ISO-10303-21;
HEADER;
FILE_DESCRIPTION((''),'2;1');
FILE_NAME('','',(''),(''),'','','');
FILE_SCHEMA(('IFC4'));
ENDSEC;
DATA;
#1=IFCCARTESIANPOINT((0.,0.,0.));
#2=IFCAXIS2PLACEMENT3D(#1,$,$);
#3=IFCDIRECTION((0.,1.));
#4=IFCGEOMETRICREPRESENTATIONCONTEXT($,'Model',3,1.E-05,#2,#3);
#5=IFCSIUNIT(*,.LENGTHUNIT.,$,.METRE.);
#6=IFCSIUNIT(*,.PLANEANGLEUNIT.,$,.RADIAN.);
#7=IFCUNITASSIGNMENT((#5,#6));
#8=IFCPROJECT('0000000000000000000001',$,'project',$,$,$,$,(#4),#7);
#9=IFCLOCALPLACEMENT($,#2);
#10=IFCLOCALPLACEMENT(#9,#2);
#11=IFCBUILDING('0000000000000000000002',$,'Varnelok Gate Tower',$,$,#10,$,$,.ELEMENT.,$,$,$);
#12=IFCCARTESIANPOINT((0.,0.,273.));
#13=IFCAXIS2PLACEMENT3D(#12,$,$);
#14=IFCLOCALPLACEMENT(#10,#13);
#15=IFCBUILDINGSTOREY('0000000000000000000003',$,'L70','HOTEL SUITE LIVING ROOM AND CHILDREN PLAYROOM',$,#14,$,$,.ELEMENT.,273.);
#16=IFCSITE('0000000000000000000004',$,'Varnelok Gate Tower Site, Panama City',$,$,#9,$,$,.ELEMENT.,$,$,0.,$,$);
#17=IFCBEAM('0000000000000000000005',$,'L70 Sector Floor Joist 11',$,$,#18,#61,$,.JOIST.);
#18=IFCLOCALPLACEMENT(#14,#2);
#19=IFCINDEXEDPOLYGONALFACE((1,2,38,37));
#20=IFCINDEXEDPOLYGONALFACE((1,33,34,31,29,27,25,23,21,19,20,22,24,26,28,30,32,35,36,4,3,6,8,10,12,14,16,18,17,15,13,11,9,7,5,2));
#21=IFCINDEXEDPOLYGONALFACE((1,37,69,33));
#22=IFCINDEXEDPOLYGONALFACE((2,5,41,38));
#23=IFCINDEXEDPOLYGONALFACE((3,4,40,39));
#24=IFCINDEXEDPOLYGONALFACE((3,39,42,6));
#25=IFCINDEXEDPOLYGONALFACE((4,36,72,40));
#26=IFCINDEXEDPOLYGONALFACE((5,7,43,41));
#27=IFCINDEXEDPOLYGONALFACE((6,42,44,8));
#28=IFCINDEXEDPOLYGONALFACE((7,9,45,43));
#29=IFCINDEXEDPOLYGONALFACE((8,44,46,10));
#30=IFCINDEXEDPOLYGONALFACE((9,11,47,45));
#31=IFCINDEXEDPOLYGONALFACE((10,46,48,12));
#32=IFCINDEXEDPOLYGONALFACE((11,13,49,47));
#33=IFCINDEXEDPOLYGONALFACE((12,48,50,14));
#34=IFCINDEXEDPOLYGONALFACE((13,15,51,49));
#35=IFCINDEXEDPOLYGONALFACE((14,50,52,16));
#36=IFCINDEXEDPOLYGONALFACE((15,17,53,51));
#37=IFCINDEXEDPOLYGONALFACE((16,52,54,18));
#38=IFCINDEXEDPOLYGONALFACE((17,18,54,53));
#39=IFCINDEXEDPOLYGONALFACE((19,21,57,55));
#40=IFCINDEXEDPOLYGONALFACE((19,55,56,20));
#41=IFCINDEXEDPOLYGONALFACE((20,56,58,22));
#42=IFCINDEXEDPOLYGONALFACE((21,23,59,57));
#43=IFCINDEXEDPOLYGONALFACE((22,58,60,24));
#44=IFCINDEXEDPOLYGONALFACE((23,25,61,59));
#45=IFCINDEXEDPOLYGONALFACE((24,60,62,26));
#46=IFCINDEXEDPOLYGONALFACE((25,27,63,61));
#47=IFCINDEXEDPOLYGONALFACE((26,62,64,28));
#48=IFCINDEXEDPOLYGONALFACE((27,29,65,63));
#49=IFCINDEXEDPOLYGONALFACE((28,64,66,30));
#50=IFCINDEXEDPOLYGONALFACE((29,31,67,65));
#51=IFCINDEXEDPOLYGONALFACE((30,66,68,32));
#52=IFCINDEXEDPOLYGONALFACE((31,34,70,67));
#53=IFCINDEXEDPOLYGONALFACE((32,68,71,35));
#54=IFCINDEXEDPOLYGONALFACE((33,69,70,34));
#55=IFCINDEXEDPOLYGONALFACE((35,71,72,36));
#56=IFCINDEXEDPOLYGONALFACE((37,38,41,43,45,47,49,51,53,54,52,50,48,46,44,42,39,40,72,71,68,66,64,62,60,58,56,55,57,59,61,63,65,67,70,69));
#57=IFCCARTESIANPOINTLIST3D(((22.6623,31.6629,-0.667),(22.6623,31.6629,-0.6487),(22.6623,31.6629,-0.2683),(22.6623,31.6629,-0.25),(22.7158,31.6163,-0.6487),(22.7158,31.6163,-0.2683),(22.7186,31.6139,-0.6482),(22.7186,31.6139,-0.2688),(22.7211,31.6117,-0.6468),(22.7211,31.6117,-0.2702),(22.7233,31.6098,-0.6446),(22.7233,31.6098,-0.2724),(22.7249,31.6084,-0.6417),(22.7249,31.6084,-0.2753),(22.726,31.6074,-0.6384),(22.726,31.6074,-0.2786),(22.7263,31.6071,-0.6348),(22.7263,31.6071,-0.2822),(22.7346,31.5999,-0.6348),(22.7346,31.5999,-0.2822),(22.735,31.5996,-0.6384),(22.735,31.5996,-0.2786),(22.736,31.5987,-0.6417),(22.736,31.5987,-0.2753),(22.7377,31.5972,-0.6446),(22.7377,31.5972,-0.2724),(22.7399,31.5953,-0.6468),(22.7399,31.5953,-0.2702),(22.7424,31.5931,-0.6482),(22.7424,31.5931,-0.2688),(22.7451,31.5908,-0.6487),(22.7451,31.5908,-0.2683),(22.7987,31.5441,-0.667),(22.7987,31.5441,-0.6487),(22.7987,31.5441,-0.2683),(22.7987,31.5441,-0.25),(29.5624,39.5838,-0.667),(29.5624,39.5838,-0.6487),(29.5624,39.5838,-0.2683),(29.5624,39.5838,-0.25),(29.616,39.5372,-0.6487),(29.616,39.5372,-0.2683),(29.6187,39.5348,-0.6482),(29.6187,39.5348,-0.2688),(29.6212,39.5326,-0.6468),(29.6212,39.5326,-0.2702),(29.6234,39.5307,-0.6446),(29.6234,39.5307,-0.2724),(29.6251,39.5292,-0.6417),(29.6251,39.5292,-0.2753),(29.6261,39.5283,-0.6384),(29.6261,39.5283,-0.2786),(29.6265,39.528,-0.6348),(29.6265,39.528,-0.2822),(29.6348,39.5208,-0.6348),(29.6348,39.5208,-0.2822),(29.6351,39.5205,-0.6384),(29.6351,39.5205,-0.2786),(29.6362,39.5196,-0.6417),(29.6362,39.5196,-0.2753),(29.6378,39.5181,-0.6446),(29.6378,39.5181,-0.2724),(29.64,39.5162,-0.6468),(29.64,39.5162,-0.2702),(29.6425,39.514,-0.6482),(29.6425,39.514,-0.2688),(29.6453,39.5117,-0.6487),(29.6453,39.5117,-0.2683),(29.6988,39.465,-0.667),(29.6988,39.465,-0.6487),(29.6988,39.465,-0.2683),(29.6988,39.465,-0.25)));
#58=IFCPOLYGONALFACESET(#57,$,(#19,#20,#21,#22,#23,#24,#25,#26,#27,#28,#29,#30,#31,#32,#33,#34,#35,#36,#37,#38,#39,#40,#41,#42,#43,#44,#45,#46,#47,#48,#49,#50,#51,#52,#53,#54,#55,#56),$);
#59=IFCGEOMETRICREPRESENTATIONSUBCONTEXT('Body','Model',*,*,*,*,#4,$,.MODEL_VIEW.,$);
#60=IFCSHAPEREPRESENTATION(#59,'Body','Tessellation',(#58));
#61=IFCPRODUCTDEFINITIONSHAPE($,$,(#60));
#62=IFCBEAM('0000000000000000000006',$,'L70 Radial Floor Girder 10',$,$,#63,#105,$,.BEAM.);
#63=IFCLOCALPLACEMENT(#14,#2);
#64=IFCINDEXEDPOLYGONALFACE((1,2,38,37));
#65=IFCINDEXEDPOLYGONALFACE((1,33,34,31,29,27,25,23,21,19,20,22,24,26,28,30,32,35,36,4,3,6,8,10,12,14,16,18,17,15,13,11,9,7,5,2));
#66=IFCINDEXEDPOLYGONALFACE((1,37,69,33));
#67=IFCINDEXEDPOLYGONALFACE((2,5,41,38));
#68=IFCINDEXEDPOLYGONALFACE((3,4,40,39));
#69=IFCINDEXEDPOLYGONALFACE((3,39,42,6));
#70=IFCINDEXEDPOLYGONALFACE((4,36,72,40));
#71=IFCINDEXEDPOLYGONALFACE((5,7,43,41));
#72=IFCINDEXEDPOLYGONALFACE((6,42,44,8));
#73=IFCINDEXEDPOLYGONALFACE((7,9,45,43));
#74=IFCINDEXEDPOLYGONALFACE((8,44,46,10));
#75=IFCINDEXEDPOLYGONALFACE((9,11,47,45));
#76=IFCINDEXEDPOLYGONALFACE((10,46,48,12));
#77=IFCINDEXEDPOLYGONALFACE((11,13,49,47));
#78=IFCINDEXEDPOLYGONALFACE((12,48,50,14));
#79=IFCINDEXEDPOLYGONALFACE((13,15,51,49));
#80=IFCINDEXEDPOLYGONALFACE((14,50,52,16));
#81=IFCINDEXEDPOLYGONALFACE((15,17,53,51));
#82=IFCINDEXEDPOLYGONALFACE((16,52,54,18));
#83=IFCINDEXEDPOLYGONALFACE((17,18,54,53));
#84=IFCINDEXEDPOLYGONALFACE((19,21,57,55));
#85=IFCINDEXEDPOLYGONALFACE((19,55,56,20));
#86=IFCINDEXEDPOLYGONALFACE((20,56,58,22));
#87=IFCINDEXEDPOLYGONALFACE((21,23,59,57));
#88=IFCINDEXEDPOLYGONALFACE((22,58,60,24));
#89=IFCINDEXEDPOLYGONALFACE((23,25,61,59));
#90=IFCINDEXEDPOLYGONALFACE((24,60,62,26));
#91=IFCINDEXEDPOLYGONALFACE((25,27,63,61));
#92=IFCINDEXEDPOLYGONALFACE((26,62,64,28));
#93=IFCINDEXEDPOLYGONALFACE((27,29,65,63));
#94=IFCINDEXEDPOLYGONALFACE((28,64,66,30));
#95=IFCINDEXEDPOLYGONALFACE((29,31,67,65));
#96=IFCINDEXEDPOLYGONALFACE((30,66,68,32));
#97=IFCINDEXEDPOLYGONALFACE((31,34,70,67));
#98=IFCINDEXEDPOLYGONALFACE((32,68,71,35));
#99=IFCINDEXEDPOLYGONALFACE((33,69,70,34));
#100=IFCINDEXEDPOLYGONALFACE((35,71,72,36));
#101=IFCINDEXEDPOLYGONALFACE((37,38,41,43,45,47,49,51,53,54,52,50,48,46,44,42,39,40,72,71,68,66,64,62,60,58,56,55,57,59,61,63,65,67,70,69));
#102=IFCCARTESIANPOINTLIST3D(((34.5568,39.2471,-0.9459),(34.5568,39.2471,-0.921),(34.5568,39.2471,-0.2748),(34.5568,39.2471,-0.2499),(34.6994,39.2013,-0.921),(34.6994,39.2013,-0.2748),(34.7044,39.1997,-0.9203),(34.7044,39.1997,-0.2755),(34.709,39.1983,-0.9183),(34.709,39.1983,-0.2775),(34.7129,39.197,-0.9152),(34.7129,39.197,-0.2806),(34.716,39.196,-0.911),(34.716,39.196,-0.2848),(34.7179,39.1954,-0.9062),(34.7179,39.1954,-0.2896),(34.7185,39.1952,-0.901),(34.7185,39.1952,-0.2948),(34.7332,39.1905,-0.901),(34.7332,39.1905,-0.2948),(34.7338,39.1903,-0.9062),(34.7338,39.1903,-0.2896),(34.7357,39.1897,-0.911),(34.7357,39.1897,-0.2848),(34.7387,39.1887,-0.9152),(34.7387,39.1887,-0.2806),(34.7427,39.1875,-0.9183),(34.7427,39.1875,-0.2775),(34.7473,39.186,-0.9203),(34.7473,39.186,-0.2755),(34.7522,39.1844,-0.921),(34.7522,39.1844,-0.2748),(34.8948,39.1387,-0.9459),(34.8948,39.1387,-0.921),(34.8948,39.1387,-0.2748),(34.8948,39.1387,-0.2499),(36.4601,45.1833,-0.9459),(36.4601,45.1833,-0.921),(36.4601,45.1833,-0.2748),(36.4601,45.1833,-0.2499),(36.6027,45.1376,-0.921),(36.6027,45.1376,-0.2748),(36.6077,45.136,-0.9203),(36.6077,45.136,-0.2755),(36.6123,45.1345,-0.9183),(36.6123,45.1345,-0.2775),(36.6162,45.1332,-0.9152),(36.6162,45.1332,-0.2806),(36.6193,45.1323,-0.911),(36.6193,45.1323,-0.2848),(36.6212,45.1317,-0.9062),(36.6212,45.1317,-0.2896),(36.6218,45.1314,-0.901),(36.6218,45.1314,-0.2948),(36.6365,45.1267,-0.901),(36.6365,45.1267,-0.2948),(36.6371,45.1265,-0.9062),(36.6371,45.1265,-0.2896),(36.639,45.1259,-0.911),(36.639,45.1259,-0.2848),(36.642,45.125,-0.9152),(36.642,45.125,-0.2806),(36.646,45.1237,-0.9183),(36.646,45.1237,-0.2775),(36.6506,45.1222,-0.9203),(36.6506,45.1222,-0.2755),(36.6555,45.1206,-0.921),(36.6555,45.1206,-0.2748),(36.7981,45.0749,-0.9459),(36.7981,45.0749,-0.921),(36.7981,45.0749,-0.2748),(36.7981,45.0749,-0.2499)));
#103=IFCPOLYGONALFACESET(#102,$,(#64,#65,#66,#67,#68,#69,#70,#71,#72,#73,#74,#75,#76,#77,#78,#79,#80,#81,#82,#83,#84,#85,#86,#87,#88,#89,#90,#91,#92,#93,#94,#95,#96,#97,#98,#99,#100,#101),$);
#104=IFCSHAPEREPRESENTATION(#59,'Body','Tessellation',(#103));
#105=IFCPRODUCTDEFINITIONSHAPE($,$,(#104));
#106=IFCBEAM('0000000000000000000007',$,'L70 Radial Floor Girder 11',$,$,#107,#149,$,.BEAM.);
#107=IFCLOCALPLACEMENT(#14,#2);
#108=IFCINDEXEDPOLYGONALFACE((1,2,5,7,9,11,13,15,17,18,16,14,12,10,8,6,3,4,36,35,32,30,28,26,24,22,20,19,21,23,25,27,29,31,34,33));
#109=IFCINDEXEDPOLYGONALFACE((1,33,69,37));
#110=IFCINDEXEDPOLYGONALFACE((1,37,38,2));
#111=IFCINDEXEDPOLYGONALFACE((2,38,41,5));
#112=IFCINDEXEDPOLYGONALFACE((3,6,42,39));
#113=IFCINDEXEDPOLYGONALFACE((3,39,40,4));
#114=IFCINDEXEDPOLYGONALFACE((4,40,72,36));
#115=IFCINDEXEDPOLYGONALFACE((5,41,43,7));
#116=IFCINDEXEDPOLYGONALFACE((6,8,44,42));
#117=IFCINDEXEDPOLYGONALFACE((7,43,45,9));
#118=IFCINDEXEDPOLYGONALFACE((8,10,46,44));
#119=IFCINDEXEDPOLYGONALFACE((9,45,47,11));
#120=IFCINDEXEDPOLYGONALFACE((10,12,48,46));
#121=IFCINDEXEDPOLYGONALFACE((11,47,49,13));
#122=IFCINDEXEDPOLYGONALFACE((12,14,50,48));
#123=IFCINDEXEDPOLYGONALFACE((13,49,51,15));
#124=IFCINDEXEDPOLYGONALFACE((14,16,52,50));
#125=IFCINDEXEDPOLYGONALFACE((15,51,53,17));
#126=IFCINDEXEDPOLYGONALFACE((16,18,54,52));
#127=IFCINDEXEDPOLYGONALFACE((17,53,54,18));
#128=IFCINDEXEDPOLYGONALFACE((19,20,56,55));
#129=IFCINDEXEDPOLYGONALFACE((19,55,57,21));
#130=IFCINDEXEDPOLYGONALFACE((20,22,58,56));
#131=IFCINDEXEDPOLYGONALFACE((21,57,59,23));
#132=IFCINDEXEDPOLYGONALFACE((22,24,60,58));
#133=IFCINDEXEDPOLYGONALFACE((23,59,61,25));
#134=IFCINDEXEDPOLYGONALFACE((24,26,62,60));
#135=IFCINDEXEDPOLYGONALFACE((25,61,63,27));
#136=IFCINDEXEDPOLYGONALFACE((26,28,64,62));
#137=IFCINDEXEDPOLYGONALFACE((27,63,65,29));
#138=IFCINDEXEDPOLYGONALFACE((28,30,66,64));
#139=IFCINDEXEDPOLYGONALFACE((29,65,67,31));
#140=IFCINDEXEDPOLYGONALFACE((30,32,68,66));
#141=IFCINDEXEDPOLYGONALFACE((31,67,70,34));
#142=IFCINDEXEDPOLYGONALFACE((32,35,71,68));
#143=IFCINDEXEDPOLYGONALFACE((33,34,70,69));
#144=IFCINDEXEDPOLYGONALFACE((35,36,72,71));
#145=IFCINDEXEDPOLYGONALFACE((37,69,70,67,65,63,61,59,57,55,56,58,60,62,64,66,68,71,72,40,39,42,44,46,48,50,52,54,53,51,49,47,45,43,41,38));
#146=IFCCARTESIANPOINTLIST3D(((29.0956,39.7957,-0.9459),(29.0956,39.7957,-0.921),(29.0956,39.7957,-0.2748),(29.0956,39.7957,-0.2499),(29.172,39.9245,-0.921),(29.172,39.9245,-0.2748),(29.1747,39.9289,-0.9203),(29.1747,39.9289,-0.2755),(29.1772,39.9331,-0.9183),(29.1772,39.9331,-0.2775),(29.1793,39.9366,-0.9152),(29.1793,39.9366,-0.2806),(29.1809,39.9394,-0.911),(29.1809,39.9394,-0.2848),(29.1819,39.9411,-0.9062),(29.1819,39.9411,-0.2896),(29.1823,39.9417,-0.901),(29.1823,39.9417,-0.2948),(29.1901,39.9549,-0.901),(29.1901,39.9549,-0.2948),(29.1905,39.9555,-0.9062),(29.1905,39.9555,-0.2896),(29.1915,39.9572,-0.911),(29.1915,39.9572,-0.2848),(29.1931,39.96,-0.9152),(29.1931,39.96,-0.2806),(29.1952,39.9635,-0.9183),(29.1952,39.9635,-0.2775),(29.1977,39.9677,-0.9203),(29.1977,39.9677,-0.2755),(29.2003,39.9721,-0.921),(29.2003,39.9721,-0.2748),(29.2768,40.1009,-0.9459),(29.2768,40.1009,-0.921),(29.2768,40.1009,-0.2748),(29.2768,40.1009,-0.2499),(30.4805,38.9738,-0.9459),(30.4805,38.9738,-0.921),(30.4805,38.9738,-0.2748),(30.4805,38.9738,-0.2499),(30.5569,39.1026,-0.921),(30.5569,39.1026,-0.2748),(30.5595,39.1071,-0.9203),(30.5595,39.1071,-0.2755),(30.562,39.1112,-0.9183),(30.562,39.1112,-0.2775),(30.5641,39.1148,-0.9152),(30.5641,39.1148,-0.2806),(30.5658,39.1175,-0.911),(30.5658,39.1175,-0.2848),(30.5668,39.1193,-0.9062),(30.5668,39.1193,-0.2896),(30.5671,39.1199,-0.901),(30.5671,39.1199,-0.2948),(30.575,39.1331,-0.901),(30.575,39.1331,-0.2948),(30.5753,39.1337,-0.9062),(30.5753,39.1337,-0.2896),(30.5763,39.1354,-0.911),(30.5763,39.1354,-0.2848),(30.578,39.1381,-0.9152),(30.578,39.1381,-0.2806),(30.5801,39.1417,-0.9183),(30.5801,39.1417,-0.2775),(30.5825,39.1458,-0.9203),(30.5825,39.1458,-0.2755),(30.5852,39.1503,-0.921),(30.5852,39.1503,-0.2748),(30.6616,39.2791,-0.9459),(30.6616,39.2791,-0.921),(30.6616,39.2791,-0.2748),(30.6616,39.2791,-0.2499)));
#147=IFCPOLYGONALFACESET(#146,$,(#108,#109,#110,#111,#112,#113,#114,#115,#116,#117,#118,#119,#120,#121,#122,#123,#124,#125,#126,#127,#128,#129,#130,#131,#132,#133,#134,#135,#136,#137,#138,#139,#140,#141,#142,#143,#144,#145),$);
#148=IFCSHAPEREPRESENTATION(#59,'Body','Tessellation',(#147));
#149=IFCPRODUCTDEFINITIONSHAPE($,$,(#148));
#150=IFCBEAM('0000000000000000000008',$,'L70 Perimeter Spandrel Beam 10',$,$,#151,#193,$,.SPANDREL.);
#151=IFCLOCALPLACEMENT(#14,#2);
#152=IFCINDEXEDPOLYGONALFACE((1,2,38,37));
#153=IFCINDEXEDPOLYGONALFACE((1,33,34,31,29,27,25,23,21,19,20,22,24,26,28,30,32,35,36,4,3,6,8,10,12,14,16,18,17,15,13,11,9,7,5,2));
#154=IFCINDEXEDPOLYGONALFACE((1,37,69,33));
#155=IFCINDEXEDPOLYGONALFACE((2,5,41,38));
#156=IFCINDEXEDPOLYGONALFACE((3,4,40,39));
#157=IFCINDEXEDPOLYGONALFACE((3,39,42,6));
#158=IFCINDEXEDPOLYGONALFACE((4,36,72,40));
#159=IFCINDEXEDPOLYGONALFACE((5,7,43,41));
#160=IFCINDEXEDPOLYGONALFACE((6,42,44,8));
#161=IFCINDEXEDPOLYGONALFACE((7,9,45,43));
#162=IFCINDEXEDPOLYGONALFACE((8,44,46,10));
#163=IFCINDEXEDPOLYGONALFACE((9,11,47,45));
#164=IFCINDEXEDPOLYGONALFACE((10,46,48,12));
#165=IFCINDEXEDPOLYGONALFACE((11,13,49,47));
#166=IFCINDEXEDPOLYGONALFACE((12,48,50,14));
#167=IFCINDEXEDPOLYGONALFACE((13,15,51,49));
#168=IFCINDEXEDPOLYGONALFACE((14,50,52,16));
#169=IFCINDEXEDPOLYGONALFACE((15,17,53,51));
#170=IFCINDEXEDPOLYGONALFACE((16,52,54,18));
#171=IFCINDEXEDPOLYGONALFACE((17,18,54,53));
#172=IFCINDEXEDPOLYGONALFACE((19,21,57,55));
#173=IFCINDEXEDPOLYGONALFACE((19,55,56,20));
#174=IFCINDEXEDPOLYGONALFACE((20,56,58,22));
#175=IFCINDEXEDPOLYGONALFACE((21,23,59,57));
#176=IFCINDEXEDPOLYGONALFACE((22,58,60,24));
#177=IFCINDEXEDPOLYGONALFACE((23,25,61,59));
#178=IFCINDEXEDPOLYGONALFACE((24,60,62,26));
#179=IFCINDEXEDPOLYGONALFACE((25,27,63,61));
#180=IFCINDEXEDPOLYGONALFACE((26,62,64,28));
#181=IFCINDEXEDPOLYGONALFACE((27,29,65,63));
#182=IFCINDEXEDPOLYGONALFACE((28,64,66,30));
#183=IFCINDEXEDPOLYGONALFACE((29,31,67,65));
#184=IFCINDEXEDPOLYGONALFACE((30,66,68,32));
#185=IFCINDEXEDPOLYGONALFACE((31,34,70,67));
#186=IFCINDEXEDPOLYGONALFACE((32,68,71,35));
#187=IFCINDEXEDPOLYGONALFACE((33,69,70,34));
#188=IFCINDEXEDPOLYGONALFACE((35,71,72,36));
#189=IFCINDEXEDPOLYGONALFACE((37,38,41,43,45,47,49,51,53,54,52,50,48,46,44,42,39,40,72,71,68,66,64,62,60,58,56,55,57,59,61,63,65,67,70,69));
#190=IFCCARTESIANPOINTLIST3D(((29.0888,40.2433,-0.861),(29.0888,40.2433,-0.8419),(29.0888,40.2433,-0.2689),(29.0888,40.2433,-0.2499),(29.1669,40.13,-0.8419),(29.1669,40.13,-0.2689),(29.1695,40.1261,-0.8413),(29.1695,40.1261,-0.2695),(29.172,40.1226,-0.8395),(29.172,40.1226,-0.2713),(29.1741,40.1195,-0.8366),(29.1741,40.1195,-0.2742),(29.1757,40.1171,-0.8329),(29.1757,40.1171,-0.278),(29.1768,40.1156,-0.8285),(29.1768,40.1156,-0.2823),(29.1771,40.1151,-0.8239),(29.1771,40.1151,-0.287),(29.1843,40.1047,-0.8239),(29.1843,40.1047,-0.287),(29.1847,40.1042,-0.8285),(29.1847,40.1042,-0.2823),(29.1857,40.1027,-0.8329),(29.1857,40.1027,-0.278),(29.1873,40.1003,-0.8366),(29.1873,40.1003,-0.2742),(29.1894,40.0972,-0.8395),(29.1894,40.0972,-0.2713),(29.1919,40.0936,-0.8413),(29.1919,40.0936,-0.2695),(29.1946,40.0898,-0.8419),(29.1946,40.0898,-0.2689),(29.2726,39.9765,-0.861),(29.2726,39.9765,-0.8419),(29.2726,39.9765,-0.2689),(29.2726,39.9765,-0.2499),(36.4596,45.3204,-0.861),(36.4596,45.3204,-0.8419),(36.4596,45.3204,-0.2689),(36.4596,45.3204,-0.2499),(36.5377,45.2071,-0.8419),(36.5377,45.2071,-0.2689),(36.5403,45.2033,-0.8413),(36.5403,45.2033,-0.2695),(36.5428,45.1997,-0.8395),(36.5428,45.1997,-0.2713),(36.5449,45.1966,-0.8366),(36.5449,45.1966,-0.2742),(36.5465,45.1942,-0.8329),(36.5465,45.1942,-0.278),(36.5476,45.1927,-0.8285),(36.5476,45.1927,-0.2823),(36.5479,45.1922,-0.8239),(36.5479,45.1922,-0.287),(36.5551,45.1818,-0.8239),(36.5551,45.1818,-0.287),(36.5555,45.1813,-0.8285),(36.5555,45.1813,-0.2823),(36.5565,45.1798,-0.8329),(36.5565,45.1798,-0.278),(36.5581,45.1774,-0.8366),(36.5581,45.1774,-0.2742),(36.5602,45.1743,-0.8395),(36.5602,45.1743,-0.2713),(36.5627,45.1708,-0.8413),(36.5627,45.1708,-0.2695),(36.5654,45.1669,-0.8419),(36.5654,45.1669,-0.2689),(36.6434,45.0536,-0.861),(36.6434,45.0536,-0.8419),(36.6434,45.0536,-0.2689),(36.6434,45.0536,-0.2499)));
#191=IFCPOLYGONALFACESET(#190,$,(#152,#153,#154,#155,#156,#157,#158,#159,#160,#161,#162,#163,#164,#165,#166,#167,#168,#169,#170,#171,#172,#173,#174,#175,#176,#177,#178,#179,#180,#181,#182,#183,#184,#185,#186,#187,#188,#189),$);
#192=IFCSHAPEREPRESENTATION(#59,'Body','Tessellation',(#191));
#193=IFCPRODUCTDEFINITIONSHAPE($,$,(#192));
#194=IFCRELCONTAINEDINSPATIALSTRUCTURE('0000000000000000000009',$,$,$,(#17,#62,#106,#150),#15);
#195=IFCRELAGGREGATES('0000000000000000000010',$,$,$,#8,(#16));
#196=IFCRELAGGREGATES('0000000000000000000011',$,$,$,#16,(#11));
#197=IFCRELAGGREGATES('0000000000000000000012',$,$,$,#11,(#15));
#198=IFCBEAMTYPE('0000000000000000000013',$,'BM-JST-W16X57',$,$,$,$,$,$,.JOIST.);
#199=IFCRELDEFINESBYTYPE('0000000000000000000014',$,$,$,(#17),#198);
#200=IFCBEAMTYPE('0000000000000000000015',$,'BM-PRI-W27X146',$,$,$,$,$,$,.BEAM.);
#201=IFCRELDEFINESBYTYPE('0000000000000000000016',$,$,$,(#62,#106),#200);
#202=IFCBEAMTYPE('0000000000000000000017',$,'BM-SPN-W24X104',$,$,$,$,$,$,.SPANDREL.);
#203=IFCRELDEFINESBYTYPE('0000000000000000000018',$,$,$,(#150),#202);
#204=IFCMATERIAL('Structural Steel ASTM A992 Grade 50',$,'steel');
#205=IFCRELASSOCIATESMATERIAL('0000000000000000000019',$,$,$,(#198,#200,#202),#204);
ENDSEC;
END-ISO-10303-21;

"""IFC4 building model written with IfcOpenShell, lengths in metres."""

from ifc_helpers import new_model, si_unit, direction, frame, origin, origin_2d, place, context, subcontext, project, spatial, i_section, extrude, material, material_profile, profile_set, type_object, element, save


model = new_model("IFC4")

# Units and contexts
model_context = context("Model", 3, precision=1e-05, world=origin(), true_north=direction((0.0, 1.0)))
body_context = subcontext(model_context, "Body", "Model", "MODEL_VIEW")
ifc_project = project(units=[si_unit("LENGTHUNIT", "METRE"), si_unit("PLANEANGLEUNIT", "RADIAN")], contexts=[model_context])

# Site, building, storey
site_placement = place(None, origin())
site = spatial("IfcSite", under=ifc_project, at=site_placement, Name="Varnelok Gate Tower Site, Panama City", CompositionType="ELEMENT", RefElevation=0.0)
building_placement = place(site_placement, origin())
building = spatial("IfcBuilding", under=site, at=building_placement, Name="Varnelok Gate Tower", CompositionType="ELEMENT")
storey_placement = place(building_placement, frame((0.0, 0.0, 273.0)))
storey = spatial("IfcBuildingStorey", under=building, at=storey_placement, Name="L70", Description="HOTEL SUITE LIVING ROOM AND CHILDREN PLAYROOM", CompositionType="ELEMENT", Elevation=273.0)

# Shared definitions
ifc_material_1 = material(Name="Structural Steel ASTM A992 Grade 50", Category="steel")

# Beams
ifc_material_profile_1 = material_profile(ifc_material_1, i_section(OverallWidth=0.1809, OverallDepth=0.417, WebThickness=0.011, FlangeThickness=0.0183, FilletRadius=0.0139, at=origin_2d()), Name="W16X57")
ifc_profile_set_1 = profile_set([ifc_material_profile_1], Name="Structural Steel ASTM A992 Grade 50")
beam_type_1 = type_object("IfcBeamType", Name="BM-JST-W16X57", PredefinedType="JOIST", material=ifc_profile_set_1)
beam_1_placement = place(storey_placement, frame((29.6306, 39.5244, -0.4585), z_axis=(-0.656851, -0.75402, 0.0), x_axis=(0.75402, -0.656851, 0.0)))
element("IfcBeam", 1, at=beam_1_placement, inside=storey, type_object=beam_type_1, Name="L70 Sector Floor Joist 11", PredefinedType="JOIST", context=body_context, shape_type="SweptSolid", body=[
    extrude(i_section(OverallWidth=0.1809, OverallDepth=0.417, WebThickness=0.011, FlangeThickness=0.0183, FilletRadius=0.0139, at=origin_2d()), origin(), (0.0, 0.0, 1.0), 10.5049),
])
ifc_material_profile_2 = material_profile(ifc_material_1, i_section(OverallWidth=0.355, OverallDepth=0.696, WebThickness=0.0154, FlangeThickness=0.0249, FilletRadius=0.02, at=origin_2d()), Name="W27X146")
ifc_profile_set_2 = profile_set([ifc_material_profile_2], Name="Structural Steel ASTM A992 Grade 50")
beam_type_2 = type_object("IfcBeamType", Name="BM-PRI-W27X146", PredefinedType="BEAM", material=ifc_profile_set_2)
beam_2_placement = place(storey_placement, frame((34.7258, 39.1929, -0.5979), z_axis=(0.305316, 0.952251, 0.0), x_axis=(-0.952251, 0.305316, 0.0)))
element("IfcBeam", 2, at=beam_2_placement, inside=storey, type_object=beam_type_2, Name="L70 Radial Floor Girder 10", PredefinedType="BEAM", context=body_context, shape_type="SweptSolid", body=[
    extrude(i_section(OverallWidth=0.355, OverallDepth=0.696, WebThickness=0.0154, FlangeThickness=0.0249, FilletRadius=0.02, at=origin_2d()), origin(), (0.0, 0.0, 1.0), 6.2339),
])
beam_3_placement = place(storey_placement, frame((30.571, 39.1265, -0.5979), z_axis=(-0.859971, 0.510343, 0.0), x_axis=(-0.510343, -0.859971, 0.0)))
element("IfcBeam", 3, at=beam_3_placement, inside=storey, type_object=beam_type_2, Name="L70 Radial Floor Girder 11", PredefinedType="BEAM", context=body_context, shape_type="SweptSolid", body=[
    extrude(i_section(OverallWidth=0.355, OverallDepth=0.696, WebThickness=0.0154, FlangeThickness=0.0249, FilletRadius=0.02, at=origin_2d()), origin(), (0.0, 0.0, 1.0), 1.6104),
])
ifc_material_profile_3 = material_profile(ifc_material_1, i_section(OverallWidth=0.324, OverallDepth=0.6111, WebThickness=0.0127, FlangeThickness=0.019, FilletRadius=0.0181, at=origin_2d()), Name="W24X104")
ifc_profile_set_3 = profile_set([ifc_material_profile_3], Name="Structural Steel ASTM A992 Grade 50")
beam_type_3 = type_object("IfcBeamType", Name="BM-SPN-W24X104", PredefinedType="SPANDREL", material=ifc_profile_set_3)
beam_4_placement = place(storey_placement, frame((36.5515, 45.187, -0.5554), z_axis=(-0.823536, -0.567264, 0.0), x_axis=(0.567264, -0.823536, 0.0)))
element("IfcBeam", 4, at=beam_4_placement, inside=storey, type_object=beam_type_3, Name="L70 Perimeter Spandrel Beam 10", PredefinedType="SPANDREL", context=body_context, shape_type="SweptSolid", body=[
    extrude(i_section(OverallWidth=0.324, OverallDepth=0.6111, WebThickness=0.0127, FlangeThickness=0.019, FilletRadius=0.0181, at=origin_2d()), origin(), (0.0, 0.0, 1.0), 8.9502),
])

save(model, "model.ifc")
